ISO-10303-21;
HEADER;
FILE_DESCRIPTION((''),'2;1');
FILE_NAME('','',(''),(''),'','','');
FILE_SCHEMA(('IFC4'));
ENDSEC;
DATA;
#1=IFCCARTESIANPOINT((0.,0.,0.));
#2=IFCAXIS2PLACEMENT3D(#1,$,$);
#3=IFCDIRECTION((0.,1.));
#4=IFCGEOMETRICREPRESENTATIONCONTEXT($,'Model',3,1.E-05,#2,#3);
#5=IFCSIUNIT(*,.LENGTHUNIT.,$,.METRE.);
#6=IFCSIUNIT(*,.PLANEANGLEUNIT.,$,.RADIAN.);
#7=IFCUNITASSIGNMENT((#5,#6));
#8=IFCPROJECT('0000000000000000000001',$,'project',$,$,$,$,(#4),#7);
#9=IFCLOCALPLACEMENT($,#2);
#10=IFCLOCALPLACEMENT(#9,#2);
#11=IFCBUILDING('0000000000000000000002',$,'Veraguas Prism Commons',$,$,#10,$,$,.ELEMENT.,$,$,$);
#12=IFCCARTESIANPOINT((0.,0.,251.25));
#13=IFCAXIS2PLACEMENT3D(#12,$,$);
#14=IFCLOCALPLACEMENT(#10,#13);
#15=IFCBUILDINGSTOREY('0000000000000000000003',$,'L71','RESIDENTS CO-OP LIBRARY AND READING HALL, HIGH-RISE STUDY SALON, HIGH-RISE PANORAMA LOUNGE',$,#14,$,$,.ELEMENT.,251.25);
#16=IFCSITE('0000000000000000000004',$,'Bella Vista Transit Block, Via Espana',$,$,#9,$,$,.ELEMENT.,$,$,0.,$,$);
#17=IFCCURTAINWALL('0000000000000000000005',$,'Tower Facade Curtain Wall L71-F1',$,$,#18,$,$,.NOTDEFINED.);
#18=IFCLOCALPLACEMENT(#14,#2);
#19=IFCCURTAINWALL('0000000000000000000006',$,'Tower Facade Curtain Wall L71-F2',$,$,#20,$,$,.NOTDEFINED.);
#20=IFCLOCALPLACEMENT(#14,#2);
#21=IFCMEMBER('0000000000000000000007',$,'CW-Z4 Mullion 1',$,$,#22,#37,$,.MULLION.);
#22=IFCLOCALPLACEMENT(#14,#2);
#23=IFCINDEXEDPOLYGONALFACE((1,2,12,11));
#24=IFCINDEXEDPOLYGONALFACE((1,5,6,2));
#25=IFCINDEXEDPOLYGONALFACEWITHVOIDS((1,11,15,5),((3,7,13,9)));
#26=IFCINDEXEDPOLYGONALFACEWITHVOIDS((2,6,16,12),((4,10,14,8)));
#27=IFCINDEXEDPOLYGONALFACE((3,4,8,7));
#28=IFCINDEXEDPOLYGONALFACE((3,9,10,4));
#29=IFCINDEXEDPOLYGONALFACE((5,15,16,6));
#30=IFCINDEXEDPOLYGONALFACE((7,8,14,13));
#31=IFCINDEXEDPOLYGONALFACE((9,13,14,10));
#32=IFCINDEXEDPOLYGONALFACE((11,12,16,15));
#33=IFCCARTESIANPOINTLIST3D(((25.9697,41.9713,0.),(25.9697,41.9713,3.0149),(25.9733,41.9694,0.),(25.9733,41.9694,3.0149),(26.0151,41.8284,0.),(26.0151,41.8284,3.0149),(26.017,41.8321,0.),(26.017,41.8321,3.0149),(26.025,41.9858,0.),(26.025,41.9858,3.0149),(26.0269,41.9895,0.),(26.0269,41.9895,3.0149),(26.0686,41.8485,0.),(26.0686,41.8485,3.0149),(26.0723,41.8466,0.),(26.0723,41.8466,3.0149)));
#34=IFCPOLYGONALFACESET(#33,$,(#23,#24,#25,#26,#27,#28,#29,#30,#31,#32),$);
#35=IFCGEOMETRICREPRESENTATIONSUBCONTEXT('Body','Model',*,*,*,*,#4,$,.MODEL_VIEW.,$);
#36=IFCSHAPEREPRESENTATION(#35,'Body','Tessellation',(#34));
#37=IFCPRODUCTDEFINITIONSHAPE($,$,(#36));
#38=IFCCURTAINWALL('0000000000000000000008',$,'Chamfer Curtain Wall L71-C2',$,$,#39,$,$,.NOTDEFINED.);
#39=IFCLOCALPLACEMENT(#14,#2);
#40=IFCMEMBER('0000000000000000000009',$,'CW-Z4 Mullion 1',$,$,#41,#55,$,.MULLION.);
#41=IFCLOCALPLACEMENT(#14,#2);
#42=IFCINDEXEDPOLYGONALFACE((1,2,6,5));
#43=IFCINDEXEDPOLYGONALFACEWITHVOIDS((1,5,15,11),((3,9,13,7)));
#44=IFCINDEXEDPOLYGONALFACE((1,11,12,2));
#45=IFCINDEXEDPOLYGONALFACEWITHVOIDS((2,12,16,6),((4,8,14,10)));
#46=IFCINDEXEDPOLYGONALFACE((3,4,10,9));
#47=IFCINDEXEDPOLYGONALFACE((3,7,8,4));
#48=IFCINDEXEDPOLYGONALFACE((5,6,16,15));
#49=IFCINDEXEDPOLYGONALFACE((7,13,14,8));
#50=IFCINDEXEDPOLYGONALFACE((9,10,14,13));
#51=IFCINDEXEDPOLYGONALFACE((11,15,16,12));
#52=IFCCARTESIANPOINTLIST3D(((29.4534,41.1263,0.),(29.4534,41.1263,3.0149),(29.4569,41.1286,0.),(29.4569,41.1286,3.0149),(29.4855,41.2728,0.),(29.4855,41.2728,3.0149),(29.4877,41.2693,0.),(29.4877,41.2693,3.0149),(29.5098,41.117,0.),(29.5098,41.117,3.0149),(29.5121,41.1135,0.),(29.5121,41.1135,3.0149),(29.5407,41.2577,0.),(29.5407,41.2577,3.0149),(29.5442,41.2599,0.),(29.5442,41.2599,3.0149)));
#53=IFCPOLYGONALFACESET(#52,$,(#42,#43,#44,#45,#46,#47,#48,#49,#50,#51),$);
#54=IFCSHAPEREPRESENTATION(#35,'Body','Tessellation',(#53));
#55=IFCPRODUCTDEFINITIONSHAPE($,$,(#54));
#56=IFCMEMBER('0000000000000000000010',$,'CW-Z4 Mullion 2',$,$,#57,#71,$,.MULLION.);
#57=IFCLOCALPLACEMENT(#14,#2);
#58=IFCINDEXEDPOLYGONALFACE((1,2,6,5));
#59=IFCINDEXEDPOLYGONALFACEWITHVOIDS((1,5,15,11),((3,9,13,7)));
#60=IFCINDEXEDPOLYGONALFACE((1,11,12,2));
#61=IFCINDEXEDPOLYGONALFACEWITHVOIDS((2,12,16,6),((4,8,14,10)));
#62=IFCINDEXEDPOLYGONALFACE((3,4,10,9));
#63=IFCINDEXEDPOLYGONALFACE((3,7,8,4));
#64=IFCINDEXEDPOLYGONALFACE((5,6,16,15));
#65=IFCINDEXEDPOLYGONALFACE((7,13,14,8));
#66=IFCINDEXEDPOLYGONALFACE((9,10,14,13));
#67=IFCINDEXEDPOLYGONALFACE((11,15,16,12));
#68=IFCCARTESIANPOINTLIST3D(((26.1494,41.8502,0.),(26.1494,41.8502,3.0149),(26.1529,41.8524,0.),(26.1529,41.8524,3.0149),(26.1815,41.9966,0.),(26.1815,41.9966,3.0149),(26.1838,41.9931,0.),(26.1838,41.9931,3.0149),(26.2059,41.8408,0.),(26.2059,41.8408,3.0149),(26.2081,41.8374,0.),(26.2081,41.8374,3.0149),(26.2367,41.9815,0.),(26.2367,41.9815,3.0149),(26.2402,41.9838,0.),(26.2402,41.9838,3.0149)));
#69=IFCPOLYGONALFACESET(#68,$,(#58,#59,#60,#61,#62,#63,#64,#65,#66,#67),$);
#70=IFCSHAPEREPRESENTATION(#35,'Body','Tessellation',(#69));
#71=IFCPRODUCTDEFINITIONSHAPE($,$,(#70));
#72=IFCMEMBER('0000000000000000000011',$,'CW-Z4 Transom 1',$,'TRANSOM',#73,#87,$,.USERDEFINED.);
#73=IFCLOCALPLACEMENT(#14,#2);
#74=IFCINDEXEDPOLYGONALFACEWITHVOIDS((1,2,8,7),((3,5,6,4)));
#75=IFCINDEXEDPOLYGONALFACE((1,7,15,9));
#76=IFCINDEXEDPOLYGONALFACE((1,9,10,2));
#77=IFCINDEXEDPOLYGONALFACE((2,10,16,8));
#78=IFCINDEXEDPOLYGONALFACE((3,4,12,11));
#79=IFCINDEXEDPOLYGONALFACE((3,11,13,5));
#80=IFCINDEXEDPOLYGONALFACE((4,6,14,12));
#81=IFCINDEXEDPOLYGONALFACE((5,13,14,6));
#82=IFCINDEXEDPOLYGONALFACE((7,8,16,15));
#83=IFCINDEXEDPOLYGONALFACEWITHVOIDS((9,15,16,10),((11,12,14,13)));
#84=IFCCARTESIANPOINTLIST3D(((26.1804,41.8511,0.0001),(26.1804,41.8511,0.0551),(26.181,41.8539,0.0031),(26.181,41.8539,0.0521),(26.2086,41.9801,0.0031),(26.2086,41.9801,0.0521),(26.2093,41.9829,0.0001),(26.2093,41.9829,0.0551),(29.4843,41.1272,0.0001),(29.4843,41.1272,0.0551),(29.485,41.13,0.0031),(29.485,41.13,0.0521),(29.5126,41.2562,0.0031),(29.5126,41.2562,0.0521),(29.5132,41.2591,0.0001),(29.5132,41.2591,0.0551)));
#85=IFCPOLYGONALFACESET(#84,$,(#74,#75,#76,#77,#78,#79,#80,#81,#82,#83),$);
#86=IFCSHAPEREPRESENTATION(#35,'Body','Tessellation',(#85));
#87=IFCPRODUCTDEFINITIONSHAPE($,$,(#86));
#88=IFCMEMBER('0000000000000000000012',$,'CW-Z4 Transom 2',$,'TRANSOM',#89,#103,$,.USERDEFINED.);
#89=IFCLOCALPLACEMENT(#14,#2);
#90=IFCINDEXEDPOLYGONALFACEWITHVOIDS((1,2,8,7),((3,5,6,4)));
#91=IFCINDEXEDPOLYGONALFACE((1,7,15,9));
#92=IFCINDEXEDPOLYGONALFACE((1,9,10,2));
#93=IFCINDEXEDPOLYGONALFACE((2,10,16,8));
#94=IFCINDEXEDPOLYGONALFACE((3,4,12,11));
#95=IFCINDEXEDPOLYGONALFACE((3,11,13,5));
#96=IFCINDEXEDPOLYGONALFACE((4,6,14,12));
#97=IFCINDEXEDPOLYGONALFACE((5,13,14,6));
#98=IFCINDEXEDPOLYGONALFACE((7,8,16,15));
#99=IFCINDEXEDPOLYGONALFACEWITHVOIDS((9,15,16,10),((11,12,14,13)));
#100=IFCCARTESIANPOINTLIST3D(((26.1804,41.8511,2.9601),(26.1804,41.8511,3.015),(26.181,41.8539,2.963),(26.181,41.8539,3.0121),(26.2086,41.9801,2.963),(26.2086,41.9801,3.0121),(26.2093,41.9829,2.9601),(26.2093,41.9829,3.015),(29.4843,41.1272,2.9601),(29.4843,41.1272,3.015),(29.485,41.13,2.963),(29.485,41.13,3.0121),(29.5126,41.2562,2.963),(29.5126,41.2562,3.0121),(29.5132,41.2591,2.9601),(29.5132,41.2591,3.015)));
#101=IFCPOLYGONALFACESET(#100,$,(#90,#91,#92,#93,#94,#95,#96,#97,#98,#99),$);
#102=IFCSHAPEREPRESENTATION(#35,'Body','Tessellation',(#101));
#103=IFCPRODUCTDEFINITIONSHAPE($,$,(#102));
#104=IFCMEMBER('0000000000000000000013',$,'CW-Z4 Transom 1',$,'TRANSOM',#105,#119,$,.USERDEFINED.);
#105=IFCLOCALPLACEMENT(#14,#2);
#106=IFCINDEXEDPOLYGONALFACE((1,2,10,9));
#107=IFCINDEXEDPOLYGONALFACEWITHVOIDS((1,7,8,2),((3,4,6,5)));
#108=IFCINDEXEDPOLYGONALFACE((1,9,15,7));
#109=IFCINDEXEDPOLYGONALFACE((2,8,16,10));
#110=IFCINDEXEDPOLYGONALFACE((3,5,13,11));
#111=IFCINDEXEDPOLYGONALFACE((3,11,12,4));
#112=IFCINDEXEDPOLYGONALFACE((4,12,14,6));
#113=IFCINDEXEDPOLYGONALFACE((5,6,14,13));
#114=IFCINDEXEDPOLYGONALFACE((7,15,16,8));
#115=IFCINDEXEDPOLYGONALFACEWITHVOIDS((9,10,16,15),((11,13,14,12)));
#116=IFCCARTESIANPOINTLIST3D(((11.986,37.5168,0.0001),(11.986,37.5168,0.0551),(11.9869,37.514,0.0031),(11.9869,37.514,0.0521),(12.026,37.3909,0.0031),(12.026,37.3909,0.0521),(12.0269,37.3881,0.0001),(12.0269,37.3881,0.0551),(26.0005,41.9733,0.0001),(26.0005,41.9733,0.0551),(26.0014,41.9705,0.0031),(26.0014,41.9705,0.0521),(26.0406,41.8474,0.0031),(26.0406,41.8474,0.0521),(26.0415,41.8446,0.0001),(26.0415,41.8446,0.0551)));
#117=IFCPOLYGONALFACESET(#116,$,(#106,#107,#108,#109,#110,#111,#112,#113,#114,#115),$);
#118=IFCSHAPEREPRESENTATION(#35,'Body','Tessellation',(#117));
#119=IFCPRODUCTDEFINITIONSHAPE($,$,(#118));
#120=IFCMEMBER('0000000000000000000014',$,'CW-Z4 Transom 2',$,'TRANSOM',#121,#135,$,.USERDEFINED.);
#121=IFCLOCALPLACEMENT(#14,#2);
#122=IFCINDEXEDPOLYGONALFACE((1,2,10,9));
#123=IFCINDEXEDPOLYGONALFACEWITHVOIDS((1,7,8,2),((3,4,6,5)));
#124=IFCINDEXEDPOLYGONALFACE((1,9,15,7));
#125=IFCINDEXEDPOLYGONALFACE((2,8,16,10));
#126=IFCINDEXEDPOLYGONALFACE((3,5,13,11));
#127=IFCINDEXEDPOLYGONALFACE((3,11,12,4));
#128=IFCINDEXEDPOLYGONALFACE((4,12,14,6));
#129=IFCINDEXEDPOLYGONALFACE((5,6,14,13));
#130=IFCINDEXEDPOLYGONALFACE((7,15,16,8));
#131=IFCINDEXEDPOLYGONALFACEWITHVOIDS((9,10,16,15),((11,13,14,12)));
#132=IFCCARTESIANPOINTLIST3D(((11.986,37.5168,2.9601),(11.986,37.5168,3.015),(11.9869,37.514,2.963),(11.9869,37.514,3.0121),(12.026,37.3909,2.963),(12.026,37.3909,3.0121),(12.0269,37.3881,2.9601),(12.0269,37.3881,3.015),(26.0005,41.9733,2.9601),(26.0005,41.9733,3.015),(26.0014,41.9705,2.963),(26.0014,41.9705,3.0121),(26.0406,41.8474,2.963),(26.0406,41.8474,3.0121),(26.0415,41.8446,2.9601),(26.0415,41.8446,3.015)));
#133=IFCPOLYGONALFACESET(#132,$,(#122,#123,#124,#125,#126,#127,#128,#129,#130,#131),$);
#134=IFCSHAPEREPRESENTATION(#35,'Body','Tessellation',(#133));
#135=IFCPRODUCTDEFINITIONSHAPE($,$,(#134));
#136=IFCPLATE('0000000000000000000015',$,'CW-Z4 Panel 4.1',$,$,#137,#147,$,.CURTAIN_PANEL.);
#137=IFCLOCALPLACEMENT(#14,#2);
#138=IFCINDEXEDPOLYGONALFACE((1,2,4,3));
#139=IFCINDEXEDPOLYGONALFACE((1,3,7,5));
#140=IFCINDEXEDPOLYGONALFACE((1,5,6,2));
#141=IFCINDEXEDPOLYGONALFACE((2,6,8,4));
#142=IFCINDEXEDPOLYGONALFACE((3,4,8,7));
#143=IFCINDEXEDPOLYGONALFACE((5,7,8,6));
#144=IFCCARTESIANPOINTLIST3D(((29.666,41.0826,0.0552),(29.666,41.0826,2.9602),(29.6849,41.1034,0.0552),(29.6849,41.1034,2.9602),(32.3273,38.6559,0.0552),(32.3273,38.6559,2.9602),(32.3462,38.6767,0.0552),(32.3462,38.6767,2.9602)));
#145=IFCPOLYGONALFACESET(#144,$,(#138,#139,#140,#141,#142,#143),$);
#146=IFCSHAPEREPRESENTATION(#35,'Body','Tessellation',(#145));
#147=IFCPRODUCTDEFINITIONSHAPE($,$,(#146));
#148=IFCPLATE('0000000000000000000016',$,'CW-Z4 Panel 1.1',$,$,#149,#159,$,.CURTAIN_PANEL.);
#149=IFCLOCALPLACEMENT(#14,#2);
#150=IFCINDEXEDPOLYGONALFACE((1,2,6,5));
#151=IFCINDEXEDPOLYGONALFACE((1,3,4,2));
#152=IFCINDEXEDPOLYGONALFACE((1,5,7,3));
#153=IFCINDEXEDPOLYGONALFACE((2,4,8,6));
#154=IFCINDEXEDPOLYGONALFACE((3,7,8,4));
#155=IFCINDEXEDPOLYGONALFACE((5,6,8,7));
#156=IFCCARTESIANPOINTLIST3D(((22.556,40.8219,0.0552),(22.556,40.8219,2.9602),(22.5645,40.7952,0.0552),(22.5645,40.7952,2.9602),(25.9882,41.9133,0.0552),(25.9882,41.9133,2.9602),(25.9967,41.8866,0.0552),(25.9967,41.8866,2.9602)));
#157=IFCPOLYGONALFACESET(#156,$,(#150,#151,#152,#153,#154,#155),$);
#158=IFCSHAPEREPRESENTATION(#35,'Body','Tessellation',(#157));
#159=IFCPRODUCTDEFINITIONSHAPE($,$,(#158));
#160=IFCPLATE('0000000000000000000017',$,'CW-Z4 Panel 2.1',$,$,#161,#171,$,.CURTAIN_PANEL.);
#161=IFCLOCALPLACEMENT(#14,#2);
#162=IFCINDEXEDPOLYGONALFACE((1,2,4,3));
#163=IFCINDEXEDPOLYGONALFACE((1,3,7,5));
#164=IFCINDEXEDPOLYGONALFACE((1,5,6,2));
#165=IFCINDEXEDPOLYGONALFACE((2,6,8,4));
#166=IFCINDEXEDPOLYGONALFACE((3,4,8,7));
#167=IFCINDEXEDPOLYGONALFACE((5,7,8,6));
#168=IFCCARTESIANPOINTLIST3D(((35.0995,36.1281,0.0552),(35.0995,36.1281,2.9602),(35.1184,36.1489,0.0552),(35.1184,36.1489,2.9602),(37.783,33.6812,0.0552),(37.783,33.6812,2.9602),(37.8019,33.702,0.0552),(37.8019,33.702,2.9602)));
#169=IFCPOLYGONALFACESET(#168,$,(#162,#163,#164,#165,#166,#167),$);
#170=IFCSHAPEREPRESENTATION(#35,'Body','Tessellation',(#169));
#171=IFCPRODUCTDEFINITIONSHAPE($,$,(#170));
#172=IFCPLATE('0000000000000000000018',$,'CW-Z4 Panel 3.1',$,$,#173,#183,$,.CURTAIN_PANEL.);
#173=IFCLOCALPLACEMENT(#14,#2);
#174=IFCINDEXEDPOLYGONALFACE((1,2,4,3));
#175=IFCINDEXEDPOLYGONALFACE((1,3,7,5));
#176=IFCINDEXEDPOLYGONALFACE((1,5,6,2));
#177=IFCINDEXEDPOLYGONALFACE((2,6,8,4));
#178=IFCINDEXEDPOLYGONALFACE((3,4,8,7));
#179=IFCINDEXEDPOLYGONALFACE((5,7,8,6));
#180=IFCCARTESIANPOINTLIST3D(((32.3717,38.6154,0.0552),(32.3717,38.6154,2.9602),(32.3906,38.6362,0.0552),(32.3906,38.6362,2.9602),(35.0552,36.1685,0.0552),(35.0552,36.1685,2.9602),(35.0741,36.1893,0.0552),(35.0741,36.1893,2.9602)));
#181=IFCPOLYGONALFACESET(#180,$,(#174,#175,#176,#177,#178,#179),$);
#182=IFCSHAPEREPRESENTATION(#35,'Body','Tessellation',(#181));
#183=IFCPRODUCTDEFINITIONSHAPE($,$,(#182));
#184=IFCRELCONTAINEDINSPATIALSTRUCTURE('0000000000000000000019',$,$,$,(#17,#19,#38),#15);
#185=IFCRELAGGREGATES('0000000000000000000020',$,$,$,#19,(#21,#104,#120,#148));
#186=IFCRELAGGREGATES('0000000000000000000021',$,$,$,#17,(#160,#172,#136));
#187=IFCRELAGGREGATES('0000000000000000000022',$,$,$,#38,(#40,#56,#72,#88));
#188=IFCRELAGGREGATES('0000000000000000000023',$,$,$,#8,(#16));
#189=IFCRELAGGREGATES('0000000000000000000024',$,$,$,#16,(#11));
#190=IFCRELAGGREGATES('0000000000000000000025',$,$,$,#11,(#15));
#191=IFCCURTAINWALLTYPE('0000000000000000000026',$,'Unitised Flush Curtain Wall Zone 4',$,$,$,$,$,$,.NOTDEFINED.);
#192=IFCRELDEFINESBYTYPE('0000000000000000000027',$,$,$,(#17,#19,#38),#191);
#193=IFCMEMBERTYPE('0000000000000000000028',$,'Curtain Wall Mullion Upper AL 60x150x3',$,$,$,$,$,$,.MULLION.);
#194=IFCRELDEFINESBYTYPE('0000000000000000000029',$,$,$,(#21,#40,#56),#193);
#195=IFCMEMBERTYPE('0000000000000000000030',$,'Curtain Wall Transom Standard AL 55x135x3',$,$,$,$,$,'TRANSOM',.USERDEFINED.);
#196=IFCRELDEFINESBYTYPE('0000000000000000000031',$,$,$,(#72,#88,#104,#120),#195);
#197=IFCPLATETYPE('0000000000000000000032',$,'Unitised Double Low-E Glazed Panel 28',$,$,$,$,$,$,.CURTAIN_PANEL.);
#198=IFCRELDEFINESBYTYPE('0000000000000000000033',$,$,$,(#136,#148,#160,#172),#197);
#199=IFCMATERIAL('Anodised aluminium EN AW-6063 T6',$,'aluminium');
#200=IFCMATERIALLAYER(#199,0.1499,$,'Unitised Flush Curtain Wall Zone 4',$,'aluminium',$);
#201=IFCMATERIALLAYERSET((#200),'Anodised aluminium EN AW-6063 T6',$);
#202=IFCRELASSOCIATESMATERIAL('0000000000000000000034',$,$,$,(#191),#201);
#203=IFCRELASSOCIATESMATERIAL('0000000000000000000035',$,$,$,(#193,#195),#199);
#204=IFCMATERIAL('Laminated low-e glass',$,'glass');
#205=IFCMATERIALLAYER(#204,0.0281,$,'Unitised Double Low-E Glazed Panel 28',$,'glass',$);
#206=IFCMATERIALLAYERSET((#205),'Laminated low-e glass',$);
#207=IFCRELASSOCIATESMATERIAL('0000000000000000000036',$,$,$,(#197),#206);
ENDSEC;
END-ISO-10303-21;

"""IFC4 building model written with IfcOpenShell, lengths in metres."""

from ifc_helpers import new_model, si_unit, direction, frame, origin, origin_2d, place, context, subcontext, project, spatial, rectangle, hollow_rectangle, extrude, source, transform, mapped, material, layer, layer_set, material_profile, profile_set, type_object, element, aggregate, save


model = new_model("IFC4")

# Units and contexts
model_context = context("Model", 3, precision=1e-05, world=origin(), true_north=direction((0.0, 1.0)))
body_context = subcontext(model_context, "Body", "Model", "MODEL_VIEW")
ifc_project = project(units=[si_unit("LENGTHUNIT", "METRE"), si_unit("PLANEANGLEUNIT", "RADIAN")], contexts=[model_context])

# Site, building, storey
site_placement = place(None, origin())
site = spatial("IfcSite", under=ifc_project, at=site_placement, Name="Bella Vista Transit Block, Via Espana", CompositionType="ELEMENT", RefElevation=0.0)
building_placement = place(site_placement, origin())
building = spatial("IfcBuilding", under=site, at=building_placement, Name="Veraguas Prism Commons", CompositionType="ELEMENT")
storey_placement = place(building_placement, frame((0.0, 0.0, 251.25)))
storey = spatial("IfcBuildingStorey", under=building, at=storey_placement, Name="L71", Description="RESIDENTS CO-OP LIBRARY AND READING HALL, HIGH-RISE STUDY SALON, HIGH-RISE PANORAMA LOUNGE", CompositionType="ELEMENT", Elevation=251.25)

# Curtain wall
ifc_material_1 = material(Name="Anodised aluminium EN AW-6063 T6", Category="aluminium")
ifc_layer_1 = layer(ifc_material_1, 0.1499, Name="Unitised Flush Curtain Wall Zone 4", Category="aluminium")
ifc_layer_set_1 = layer_set([ifc_layer_1], Name="Anodised aluminium EN AW-6063 T6")
curtain_wall_type = type_object("IfcCurtainWallType", Name="Unitised Flush Curtain Wall Zone 4", PredefinedType="NOTDEFINED", material=ifc_layer_set_1)
curtain_wall_1_placement = place(storey_placement, origin())
curtain_wall_1 = element("IfcCurtainWall", 1, at=curtain_wall_1_placement, inside=storey, type_object=curtain_wall_type, Name="Tower Facade Curtain Wall L71-F1", PredefinedType="NOTDEFINED")
ifc_material_profile_1 = material_profile(ifc_material_1, hollow_rectangle(XDim=0.0601, YDim=0.1499, WallThickness=0.0029, at=origin_2d()), Name="AL60X150X3")
ifc_profile_set_1 = profile_set([ifc_material_profile_1], Name="Anodised aluminium EN AW-6063 T6")
member_type_1 = type_object("IfcMemberType", Name="Curtain Wall Mullion Upper AL 60x150x3", PredefinedType="MULLION", material=ifc_profile_set_1)
shared_shape_1 = source(origin(), body_context, "Body", "SweptSolid", [
    extrude(hollow_rectangle(XDim=0.0601, YDim=0.1499, WallThickness=0.0029, at=origin_2d()), origin(), (0.0, 0.0, 1.0), 3.0149),
])

# Curtain wall, member
curtain_wall_2_placement = place(storey_placement, origin())
curtain_wall_2 = element("IfcCurtainWall", 2, at=curtain_wall_2_placement, inside=storey, type_object=curtain_wall_type, Name="Tower Facade Curtain Wall L71-F2", PredefinedType="NOTDEFINED")
member_1_placement = place(storey_placement, frame((26.021, 41.9089, 0.0), z_axis=(0.0, 0.0, 1.0), x_axis=(-0.95298, -0.303034, 0.0)))
member_1 = element("IfcMember", 3, at=member_1_placement, type_object=member_type_1, Name="CW-Z4 Mullion 1", PredefinedType="MULLION", context=body_context, shape_type="MappedRepresentation", body=[
    mapped(shared_shape_1, transform((0.0, 0.0, 0.0), scale=1.0)),
])

# Curtain wall, members
curtain_wall_3_placement = place(storey_placement, origin())
curtain_wall_3 = element("IfcCurtainWall", 4, at=curtain_wall_3_placement, inside=storey, type_object=curtain_wall_type, Name="Chamfer Curtain Wall L71-C2", PredefinedType="NOTDEFINED")
member_2_placement = place(storey_placement, frame((29.4988, 41.1931, 0.0), z_axis=(0.0, 0.0, 1.0), x_axis=(-0.97682, 0.21406, 0.0)))
member_2 = element("IfcMember", 5, at=member_2_placement, type_object=member_type_1, Name="CW-Z4 Mullion 1", PredefinedType="MULLION", context=body_context, shape_type="MappedRepresentation", body=[
    mapped(shared_shape_1, transform((0.0, 0.0, 0.0), scale=1.0)),
])
member_3_placement = place(storey_placement, frame((26.1948, 41.917, 0.0), z_axis=(0.0, 0.0, 1.0), x_axis=(-0.97682, 0.21406, 0.0)))
member_3 = element("IfcMember", 6, at=member_3_placement, type_object=member_type_1, Name="CW-Z4 Mullion 2", PredefinedType="MULLION", context=body_context, shape_type="MappedRepresentation", body=[
    mapped(shared_shape_1, transform((0.0, 0.0, 0.0), scale=1.0)),
])
ifc_material_profile_2 = material_profile(ifc_material_1, hollow_rectangle(XDim=0.0549, YDim=0.135, WallThickness=0.0029, at=origin_2d()), Name="AL55X135X3")
ifc_profile_set_2 = profile_set([ifc_material_profile_2], Name="Anodised aluminium EN AW-6063 T6")
member_type_2 = type_object("IfcMemberType", Name="Curtain Wall Transom Standard AL 55x135x3", ElementType="TRANSOM", PredefinedType="USERDEFINED", material=ifc_profile_set_2)
shared_shape_2 = source(origin(), body_context, "Body", "SweptSolid", [
    extrude(hollow_rectangle(XDim=0.0549, YDim=0.135, WallThickness=0.0029, at=origin_2d()), origin(), (0.0, 0.0, 1.0), 3.3823),
])
member_4_placement = place(storey_placement, frame((29.4988, 41.1931, 0.0276), z_axis=(-0.97683, 0.214018, 0.0), x_axis=(0.0, 0.0, 1.0)))
member_4 = element("IfcMember", 7, at=member_4_placement, type_object=member_type_2, Name="CW-Z4 Transom 1", ObjectType="TRANSOM", PredefinedType="USERDEFINED", context=body_context, shape_type="MappedRepresentation", body=[
    mapped(shared_shape_2, transform((0.0, 0.0, 0.0), scale=1.0)),
])
member_5_placement = place(storey_placement, frame((29.4988, 41.1931, 2.9875), z_axis=(-0.97683, 0.214018, 0.0), x_axis=(0.0, 0.0, 1.0)))
member_5 = element("IfcMember", 8, at=member_5_placement, type_object=member_type_2, Name="CW-Z4 Transom 2", ObjectType="TRANSOM", PredefinedType="USERDEFINED", context=body_context, shape_type="MappedRepresentation", body=[
    mapped(shared_shape_2, transform((0.0, 0.0, 0.0), scale=1.0)),
])

# Members
shared_shape_3 = source(origin(), body_context, "Body", "SweptSolid", [
    extrude(hollow_rectangle(XDim=0.0549, YDim=0.135, WallThickness=0.0029, at=origin_2d()), origin(), (0.0, 0.0, 1.0), 14.7061),
])
member_6_placement = place(storey_placement, frame((26.021, 41.9089, 0.0276), z_axis=(-0.952978, -0.303039, 0.0), x_axis=(0.0, 0.0, 1.0)))
member_6 = element("IfcMember", 9, at=member_6_placement, type_object=member_type_2, Name="CW-Z4 Transom 1", ObjectType="TRANSOM", PredefinedType="USERDEFINED", context=body_context, shape_type="MappedRepresentation", body=[
    mapped(shared_shape_3, transform((0.0, 0.0, 0.0), scale=1.0)),
])
member_7_placement = place(storey_placement, frame((26.021, 41.9089, 2.9875), z_axis=(-0.952978, -0.303039, 0.0), x_axis=(0.0, 0.0, 1.0)))
member_7 = element("IfcMember", 10, at=member_7_placement, type_object=member_type_2, Name="CW-Z4 Transom 2", ObjectType="TRANSOM", PredefinedType="USERDEFINED", context=body_context, shape_type="MappedRepresentation", body=[
    mapped(shared_shape_3, transform((0.0, 0.0, 0.0), scale=1.0)),
])

# Plates
ifc_material_2 = material(Name="Laminated low-e glass", Category="glass")
ifc_layer_2 = layer(ifc_material_2, 0.0281, Name="Unitised Double Low-E Glazed Panel 28", Category="glass")
ifc_layer_set_2 = layer_set([ifc_layer_2], Name="Laminated low-e glass")
plate_type = type_object("IfcPlateType", Name="Unitised Double Low-E Glazed Panel 28", PredefinedType="CURTAIN_PANEL", material=ifc_layer_set_2)
shared_shape_4 = source(origin(), body_context, "Body", "SweptSolid", [
    extrude(rectangle(XDim=3.6016, YDim=0.0281, at=origin_2d()), origin(), (0.0, 0.0, 1.0), 2.905),
])
plate_1_placement = place(storey_placement, frame((31.0061, 39.8796, 0.0552), z_axis=(0.0, 0.0, 1.0), x_axis=(-0.738926, 0.673787, 0.0)))
plate_1 = element("IfcPlate", 11, at=plate_1_placement, type_object=plate_type, Name="CW-Z4 Panel 4.1", PredefinedType="CURTAIN_PANEL", context=body_context, shape_type="MappedRepresentation", body=[
    mapped(shared_shape_4, transform((0.0, 0.0, 0.0), scale=1.0)),
])
plate_2_placement = place(storey_placement, frame((24.2764, 41.3542, 0.0552), z_axis=(0.0, 0.0, 1.0), x_axis=(-0.95298, -0.303034, 0.0)))
plate_2 = element("IfcPlate", 12, at=plate_2_placement, type_object=plate_type, Name="CW-Z4 Panel 1.1", PredefinedType="CURTAIN_PANEL", context=body_context, shape_type="MappedRepresentation", body=[
    mapped(shared_shape_4, transform((0.0, 0.0, 0.0), scale=1.0)),
])
aggregate(curtain_wall_2, [member_1, member_6, member_7, plate_2])
shared_shape_5 = source(origin(), body_context, "Body", "SweptSolid", [
    extrude(rectangle(XDim=3.6316, YDim=0.0281, at=origin_2d()), origin(), (0.0, 0.0, 1.0), 2.905),
])
plate_3_placement = place(storey_placement, frame((36.4507, 34.915, 0.0552), z_axis=(0.0, 0.0, 1.0), x_axis=(-0.738926, 0.673787, 0.0)))
plate_3 = element("IfcPlate", 13, at=plate_3_placement, type_object=plate_type, Name="CW-Z4 Panel 2.1", PredefinedType="CURTAIN_PANEL", context=body_context, shape_type="MappedRepresentation", body=[
    mapped(shared_shape_5, transform((0.0, 0.0, 0.0), scale=1.0)),
])
plate_4_placement = place(storey_placement, frame((33.7229, 37.4023, 0.0552), z_axis=(0.0, 0.0, 1.0), x_axis=(-0.738926, 0.673787, 0.0)))
plate_4 = element("IfcPlate", 14, at=plate_4_placement, type_object=plate_type, Name="CW-Z4 Panel 3.1", PredefinedType="CURTAIN_PANEL", context=body_context, shape_type="MappedRepresentation", body=[
    mapped(shared_shape_5, transform((0.0, 0.0, 0.0), scale=1.0)),
])
aggregate(curtain_wall_1, [plate_3, plate_4, plate_1])
aggregate(curtain_wall_3, [member_2, member_3, member_4, member_5])

save(model, "model.ifc")
